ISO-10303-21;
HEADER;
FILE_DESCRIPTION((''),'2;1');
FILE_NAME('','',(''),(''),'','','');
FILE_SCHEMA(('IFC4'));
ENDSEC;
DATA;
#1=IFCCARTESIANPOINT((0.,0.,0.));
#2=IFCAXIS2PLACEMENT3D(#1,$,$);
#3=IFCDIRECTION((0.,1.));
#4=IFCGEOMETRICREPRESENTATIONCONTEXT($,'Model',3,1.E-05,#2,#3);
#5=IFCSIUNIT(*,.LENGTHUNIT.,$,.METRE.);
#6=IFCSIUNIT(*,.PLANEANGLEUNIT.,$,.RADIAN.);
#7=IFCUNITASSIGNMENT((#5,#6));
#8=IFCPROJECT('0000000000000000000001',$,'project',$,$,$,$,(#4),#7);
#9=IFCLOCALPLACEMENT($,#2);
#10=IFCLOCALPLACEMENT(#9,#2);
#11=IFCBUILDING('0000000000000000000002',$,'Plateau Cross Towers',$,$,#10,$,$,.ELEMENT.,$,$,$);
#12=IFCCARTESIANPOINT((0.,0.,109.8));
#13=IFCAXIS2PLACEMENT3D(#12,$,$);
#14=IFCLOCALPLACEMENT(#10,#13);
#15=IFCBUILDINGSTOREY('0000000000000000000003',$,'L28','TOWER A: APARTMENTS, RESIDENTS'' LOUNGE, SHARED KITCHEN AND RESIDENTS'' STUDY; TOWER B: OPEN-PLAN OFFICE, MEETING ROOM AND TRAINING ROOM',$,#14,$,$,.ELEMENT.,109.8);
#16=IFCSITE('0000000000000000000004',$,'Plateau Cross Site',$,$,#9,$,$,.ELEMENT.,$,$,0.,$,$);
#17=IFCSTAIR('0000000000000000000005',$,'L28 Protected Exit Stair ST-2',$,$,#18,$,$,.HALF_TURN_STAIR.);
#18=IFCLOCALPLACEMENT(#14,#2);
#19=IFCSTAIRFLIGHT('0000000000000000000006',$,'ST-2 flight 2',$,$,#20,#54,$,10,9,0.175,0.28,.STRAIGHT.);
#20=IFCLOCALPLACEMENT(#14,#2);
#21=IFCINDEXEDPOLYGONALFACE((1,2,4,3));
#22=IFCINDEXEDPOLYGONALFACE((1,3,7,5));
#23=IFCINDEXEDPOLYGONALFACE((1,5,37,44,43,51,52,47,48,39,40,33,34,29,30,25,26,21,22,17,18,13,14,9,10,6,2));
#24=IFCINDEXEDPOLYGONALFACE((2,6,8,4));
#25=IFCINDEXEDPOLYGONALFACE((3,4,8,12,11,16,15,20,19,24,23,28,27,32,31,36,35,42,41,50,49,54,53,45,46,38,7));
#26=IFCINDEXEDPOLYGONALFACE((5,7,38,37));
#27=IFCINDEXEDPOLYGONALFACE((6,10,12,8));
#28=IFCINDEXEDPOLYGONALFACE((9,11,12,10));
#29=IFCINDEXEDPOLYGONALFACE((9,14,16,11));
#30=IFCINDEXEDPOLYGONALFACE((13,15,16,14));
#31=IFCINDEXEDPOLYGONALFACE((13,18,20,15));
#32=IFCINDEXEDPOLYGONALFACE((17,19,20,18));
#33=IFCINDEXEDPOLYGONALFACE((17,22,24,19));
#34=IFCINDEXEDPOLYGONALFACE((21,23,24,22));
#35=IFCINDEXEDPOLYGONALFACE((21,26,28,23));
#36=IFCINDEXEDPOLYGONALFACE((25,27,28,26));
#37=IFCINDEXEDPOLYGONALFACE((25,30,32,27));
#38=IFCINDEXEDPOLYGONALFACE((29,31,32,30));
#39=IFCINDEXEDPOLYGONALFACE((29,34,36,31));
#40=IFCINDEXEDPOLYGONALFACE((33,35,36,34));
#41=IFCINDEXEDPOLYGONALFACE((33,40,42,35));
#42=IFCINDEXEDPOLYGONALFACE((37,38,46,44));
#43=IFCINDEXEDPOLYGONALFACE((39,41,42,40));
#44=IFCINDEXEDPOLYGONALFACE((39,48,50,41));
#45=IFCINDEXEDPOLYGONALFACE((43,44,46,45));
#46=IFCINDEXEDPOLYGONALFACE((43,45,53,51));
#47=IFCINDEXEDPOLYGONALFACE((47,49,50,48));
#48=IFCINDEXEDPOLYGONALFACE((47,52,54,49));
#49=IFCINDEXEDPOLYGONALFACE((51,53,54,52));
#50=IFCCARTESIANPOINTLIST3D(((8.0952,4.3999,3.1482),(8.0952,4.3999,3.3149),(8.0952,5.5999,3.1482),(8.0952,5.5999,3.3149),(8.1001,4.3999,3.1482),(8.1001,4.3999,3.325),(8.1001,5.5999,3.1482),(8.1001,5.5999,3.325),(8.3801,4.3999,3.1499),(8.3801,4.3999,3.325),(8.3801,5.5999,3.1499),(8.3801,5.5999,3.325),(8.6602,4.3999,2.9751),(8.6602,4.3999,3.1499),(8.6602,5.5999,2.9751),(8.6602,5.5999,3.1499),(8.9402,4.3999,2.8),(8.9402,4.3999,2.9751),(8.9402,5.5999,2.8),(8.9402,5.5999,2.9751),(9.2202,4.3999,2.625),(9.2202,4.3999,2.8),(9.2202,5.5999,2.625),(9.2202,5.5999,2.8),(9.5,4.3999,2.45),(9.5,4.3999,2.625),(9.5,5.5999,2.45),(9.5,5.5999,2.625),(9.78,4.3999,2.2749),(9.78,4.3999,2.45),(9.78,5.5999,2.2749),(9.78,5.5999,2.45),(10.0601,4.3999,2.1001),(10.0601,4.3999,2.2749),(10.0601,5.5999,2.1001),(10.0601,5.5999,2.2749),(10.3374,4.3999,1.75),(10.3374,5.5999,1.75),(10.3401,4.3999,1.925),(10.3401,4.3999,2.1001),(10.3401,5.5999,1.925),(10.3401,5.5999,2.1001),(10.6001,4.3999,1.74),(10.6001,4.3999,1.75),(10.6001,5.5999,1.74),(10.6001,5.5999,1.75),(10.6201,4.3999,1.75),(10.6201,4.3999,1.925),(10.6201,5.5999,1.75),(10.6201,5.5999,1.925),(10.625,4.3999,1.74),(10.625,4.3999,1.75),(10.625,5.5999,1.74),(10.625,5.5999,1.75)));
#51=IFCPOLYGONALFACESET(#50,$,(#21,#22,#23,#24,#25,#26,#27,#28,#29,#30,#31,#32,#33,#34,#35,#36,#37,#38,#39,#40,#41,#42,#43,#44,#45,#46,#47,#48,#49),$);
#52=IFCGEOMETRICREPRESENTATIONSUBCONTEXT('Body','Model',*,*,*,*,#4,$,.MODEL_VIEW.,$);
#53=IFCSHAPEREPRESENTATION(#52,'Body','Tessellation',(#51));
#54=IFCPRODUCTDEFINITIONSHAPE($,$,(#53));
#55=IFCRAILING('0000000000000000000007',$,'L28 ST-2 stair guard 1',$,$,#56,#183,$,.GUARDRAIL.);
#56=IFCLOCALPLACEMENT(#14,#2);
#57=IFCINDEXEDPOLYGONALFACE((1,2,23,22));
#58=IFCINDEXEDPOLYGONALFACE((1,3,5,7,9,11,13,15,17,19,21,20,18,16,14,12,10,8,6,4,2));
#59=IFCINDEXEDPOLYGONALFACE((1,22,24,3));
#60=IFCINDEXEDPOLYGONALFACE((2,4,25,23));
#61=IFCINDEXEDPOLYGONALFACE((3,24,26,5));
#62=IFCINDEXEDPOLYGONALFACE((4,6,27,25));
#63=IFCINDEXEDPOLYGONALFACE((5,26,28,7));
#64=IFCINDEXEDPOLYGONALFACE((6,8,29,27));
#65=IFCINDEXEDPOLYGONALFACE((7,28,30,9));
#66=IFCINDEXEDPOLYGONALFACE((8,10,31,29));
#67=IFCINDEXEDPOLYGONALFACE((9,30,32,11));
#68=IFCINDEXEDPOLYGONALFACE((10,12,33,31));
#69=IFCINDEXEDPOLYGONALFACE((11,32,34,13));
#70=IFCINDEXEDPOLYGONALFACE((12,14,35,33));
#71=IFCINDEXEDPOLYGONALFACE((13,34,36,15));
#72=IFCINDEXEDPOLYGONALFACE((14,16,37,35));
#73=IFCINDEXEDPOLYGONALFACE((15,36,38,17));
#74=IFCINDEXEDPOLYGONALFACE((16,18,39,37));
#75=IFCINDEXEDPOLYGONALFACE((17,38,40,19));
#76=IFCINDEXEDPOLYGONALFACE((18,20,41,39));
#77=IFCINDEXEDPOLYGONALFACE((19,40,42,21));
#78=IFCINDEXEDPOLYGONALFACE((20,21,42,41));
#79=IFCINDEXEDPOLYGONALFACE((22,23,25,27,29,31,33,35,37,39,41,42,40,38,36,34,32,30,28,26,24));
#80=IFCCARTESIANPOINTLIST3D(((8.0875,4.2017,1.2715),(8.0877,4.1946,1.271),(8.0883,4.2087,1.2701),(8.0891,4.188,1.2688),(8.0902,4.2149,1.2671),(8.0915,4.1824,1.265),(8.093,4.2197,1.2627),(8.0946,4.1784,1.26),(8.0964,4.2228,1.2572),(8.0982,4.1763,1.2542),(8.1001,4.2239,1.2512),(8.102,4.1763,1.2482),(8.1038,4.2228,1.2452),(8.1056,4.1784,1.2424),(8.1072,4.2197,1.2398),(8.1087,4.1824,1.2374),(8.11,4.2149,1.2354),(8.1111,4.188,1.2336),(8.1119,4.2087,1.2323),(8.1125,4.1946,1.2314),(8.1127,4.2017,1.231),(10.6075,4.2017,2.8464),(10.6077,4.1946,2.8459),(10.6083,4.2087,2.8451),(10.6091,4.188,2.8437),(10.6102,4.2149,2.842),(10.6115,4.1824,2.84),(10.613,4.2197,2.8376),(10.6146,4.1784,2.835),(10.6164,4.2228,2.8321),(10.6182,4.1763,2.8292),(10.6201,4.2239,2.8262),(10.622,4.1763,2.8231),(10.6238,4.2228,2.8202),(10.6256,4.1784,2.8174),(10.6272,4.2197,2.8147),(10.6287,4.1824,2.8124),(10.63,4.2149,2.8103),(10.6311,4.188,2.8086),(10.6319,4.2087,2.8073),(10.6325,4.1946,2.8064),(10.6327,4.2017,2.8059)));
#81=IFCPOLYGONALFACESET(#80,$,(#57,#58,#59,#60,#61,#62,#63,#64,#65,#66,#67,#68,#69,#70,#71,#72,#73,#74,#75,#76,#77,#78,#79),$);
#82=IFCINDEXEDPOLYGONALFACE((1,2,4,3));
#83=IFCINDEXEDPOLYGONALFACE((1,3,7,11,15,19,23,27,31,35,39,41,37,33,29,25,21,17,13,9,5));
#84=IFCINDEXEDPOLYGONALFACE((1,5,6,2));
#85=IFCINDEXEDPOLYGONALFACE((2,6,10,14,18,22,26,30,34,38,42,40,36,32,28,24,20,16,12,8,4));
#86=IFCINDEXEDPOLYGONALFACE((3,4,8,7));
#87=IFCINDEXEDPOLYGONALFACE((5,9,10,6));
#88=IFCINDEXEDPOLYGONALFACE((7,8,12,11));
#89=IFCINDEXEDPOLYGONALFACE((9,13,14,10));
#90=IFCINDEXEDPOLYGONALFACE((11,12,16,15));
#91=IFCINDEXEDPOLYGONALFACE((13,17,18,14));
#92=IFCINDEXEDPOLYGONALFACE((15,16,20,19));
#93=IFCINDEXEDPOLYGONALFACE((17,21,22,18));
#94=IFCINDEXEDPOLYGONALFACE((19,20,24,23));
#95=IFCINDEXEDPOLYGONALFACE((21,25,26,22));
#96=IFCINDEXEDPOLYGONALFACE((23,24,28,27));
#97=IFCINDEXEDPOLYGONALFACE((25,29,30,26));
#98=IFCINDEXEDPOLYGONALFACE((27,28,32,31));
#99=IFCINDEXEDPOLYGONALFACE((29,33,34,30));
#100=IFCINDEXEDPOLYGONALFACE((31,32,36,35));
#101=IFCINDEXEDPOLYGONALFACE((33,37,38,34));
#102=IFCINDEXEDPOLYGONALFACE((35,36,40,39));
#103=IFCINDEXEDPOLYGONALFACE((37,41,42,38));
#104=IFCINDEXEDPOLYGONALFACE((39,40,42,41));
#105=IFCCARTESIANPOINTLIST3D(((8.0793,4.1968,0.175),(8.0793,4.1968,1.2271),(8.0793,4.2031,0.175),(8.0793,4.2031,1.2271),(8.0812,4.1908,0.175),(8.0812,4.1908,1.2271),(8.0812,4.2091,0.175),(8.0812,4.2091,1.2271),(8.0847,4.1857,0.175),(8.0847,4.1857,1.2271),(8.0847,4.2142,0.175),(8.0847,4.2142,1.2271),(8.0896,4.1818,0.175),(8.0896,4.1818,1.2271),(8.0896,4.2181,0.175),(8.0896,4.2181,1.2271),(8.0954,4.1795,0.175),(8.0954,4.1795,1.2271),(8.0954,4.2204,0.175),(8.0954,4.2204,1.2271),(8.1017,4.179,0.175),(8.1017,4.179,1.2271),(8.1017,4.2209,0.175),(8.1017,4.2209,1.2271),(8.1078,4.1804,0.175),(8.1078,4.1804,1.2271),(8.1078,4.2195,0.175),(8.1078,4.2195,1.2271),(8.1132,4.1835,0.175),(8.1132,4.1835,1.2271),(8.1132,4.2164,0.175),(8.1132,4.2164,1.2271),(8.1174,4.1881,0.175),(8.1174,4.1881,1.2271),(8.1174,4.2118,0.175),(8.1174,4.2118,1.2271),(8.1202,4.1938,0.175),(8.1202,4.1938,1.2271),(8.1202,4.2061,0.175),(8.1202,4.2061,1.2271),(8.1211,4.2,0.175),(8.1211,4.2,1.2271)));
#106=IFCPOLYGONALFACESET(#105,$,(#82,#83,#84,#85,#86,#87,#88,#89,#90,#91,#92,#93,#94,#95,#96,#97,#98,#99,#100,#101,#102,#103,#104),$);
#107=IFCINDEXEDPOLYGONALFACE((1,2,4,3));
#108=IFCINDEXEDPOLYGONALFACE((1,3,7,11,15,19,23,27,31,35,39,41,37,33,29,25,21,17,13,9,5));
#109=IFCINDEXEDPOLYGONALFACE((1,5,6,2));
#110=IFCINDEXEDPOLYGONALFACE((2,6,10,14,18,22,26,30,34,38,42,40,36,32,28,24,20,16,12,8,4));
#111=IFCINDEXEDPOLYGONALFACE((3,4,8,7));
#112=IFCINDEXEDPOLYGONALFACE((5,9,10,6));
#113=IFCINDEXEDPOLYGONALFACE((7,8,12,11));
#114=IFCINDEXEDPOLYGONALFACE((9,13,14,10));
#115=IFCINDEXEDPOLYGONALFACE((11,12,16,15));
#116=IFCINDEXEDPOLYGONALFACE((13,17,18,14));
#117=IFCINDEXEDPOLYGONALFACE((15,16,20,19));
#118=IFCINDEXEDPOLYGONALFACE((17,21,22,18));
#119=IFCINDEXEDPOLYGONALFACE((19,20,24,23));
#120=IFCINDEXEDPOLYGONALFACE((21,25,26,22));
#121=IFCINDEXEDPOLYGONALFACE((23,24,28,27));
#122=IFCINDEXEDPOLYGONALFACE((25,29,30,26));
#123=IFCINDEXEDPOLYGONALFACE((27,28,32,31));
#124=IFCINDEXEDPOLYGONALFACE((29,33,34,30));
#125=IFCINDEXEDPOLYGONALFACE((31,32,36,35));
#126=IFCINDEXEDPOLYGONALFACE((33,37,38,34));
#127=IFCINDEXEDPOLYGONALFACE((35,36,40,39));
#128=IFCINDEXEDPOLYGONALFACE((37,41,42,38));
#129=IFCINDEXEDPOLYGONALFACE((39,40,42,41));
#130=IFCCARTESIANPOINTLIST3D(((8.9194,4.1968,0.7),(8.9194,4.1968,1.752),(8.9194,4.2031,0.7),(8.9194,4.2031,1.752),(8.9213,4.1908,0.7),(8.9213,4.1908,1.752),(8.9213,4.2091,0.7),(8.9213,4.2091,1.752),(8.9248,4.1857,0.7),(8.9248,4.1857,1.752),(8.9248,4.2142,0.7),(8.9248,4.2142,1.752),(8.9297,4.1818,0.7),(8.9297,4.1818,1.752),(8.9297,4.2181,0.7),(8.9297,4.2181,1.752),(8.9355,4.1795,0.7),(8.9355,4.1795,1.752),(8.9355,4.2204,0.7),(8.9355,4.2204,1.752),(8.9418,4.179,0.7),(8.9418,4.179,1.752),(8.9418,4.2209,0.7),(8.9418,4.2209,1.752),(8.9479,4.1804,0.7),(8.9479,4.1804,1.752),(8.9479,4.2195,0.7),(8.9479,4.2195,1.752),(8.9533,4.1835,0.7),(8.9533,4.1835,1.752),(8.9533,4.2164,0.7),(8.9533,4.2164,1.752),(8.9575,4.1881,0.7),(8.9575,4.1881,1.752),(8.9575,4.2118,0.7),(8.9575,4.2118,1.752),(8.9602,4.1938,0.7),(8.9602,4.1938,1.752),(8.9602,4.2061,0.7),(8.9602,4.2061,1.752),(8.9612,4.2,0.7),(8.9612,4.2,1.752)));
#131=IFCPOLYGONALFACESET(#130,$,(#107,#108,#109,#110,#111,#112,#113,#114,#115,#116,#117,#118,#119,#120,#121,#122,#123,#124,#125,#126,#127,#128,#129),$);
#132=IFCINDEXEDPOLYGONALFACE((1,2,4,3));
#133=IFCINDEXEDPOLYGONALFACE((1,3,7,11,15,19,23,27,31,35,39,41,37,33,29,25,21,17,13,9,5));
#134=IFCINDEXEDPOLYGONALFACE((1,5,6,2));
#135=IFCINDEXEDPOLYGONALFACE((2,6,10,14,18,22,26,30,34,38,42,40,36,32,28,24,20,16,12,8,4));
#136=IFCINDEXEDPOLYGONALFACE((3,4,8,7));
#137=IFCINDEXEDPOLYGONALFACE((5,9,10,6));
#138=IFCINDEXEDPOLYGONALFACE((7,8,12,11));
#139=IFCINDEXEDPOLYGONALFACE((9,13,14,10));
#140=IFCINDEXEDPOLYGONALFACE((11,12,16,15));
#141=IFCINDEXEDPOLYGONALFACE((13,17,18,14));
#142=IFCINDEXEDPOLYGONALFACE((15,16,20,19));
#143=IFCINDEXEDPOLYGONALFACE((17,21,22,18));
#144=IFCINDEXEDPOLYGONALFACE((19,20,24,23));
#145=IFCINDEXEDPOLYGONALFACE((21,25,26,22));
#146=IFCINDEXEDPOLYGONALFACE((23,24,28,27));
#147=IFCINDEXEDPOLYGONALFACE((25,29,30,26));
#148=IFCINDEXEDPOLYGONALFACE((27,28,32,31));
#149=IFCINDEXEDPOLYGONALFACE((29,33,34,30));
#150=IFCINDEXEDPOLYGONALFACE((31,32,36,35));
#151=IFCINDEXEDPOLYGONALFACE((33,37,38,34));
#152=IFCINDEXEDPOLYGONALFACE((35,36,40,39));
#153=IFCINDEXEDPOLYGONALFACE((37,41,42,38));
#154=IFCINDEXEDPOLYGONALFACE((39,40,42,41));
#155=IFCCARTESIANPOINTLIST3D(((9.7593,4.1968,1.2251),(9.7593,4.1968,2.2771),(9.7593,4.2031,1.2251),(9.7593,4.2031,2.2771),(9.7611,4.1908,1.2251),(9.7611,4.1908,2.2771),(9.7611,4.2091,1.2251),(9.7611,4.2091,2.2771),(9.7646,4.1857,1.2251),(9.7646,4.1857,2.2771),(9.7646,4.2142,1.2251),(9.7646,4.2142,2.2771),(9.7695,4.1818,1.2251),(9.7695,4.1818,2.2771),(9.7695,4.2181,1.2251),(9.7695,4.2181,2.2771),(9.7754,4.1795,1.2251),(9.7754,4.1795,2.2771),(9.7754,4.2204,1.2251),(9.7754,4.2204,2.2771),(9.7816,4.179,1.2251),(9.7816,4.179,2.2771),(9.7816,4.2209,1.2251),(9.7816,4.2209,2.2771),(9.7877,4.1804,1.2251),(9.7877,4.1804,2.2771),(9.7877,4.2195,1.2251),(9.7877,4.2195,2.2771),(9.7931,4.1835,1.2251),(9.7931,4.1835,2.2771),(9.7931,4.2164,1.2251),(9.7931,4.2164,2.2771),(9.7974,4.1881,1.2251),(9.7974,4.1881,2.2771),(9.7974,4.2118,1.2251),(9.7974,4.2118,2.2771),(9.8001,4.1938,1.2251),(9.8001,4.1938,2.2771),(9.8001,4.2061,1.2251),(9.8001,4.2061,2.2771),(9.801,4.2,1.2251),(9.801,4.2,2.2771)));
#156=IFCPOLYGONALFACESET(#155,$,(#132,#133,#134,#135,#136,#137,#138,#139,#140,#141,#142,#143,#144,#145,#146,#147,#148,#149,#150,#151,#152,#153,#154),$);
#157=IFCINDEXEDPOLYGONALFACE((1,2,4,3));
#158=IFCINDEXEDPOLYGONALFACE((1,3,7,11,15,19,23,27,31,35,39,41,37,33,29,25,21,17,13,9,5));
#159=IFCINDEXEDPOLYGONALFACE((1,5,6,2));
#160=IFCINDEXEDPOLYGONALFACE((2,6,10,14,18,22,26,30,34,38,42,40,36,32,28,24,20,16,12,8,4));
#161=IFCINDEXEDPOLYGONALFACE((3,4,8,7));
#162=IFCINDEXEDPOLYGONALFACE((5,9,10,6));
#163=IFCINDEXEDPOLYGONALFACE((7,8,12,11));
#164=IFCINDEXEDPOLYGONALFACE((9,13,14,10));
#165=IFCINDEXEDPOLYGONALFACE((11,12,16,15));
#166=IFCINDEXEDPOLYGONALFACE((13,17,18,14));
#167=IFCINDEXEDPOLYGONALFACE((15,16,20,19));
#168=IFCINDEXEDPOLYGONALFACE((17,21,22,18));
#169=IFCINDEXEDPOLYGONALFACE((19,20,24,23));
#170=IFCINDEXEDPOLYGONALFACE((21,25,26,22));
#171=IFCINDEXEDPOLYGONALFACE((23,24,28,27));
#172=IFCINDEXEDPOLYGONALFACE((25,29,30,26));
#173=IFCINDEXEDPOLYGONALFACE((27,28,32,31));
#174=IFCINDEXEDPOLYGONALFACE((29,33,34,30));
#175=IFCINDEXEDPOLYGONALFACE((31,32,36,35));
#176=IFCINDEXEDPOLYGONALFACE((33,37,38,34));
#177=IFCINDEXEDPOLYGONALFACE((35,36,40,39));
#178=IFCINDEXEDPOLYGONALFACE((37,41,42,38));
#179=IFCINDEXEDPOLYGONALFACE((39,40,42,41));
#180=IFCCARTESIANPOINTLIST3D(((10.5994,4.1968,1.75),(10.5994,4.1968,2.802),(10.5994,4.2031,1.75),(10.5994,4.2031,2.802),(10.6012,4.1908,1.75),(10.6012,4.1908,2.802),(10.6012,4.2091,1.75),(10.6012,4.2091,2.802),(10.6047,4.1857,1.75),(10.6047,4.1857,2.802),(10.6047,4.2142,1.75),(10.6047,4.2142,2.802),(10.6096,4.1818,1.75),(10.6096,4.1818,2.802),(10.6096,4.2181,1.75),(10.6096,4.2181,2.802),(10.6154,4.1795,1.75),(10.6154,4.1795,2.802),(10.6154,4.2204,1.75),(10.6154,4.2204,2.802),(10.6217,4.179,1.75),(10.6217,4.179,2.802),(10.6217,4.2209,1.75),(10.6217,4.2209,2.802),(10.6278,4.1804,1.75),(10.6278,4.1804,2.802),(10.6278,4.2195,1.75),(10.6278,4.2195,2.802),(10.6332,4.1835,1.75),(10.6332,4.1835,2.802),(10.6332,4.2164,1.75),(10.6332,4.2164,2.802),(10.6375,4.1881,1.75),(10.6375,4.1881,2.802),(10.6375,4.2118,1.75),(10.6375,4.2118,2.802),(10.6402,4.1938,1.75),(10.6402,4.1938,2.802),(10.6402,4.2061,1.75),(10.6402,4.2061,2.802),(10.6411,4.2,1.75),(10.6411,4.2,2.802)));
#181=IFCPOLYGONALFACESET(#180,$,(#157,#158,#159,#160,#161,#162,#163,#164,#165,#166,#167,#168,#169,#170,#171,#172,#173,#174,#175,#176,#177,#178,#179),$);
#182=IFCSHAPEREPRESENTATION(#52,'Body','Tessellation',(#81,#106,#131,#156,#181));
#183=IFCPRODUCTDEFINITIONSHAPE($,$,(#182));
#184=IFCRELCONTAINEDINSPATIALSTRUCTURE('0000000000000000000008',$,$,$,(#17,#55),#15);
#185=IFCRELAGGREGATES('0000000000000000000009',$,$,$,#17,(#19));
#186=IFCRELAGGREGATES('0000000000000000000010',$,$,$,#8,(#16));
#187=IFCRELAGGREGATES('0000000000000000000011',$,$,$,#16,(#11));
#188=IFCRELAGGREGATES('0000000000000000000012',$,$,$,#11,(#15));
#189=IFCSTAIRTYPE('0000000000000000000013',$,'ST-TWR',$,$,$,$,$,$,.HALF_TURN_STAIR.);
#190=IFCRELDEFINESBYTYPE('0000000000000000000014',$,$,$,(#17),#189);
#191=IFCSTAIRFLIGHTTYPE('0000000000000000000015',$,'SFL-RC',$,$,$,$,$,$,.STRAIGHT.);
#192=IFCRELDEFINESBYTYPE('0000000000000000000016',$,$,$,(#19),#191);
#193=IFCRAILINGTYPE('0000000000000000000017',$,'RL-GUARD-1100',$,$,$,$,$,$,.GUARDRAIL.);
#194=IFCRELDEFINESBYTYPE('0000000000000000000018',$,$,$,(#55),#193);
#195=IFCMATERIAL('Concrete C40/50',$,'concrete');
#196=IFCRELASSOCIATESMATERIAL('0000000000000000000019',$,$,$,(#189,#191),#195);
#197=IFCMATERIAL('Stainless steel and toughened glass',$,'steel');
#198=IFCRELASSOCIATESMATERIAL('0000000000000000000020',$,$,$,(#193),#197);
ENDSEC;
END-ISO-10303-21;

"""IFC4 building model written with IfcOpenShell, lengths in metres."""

from ifc_helpers import new_model, si_unit, direction, frame, origin, origin_2d, place, context, subcontext, project, spatial, polyline, circle, outline, extrude, material, type_object, element, aggregate, save


model = new_model("IFC4")

# Units and contexts
model_context = context("Model", 3, precision=1e-05, world=origin(), true_north=direction((0.0, 1.0)))
body_context = subcontext(model_context, "Body", "Model", "MODEL_VIEW")
ifc_project = project(units=[si_unit("LENGTHUNIT", "METRE"), si_unit("PLANEANGLEUNIT", "RADIAN")], contexts=[model_context])

# Site, building, storey
site_placement = place(None, origin())
site = spatial("IfcSite", under=ifc_project, at=site_placement, Name="Plateau Cross Site", CompositionType="ELEMENT", RefElevation=0.0)
building_placement = place(site_placement, origin())
building = spatial("IfcBuilding", under=site, at=building_placement, Name="Plateau Cross Towers", CompositionType="ELEMENT")
storey_placement = place(building_placement, frame((0.0, 0.0, 109.8)))
storey = spatial("IfcBuildingStorey", under=building, at=storey_placement, Name="L28", Description="TOWER A: APARTMENTS, RESIDENTS' LOUNGE, SHARED KITCHEN AND RESIDENTS' STUDY; TOWER B: OPEN-PLAN OFFICE, MEETING ROOM AND TRAINING ROOM", CompositionType="ELEMENT", Elevation=109.8)

# Stair, stair flight
ifc_material_1 = material(Name="Concrete C40/50", Category="concrete")
stair_type = type_object("IfcStairType", Name="ST-TWR", PredefinedType="HALF_TURN_STAIR", material=ifc_material_1)
stair_placement = place(storey_placement, origin())
stair = element("IfcStair", 1, at=stair_placement, inside=storey, type_object=stair_type, Name="L28 Protected Exit Stair ST-2", PredefinedType="HALF_TURN_STAIR")
stair_flight_type = type_object("IfcStairFlightType", Name="SFL-RC", PredefinedType="STRAIGHT", material=ifc_material_1)
stair_flight_placement = place(storey_placement, frame((10.6201, 5.0, 1.75), z_axis=(0.0, 0.0, 1.0), x_axis=(-1.0, 0.0, 0.0)))
stair_flight = element("IfcStairFlight", 2, at=stair_flight_placement, type_object=stair_flight_type, Name="ST-2 flight 2", NumberOfRisers=10, NumberOfTreads=9, PredefinedType="STRAIGHT", RiserHeight=0.175, TreadLength=0.28, context=body_context, shape_type="SweptSolid", body=[
    extrude(outline(polyline([(-0.0049, -0.01), (-0.0049, 0.0), (0.0, 0.0), (0.0, 0.175), (0.28, 0.175), (0.28, 0.3501), (0.5601, 0.3501), (0.5601, 0.5249), (0.8401, 0.5249), (0.8401, 0.7), (1.1201, 0.7), (1.1201, 0.875), (1.3999, 0.875), (1.3999, 1.05), (1.6799, 1.05), (1.6799, 1.2251), (1.96, 1.2251), (1.96, 1.3999), (2.24, 1.3999), (2.24, 1.575), (2.52, 1.575), (2.5249, 1.5649), (2.5249, 1.3982), (2.52, 1.3982), (0.2827, 0.0), (0.02, 0.0), (0.02, -0.01), (-0.0049, -0.01)])), frame((0.0, 0.6001, 0.0), z_axis=(0.0, -1.0, 0.0), x_axis=(1.0, 0.0, 0.0)), (0.0, 0.0, 1.0), 1.2),
])
aggregate(stair, [stair_flight])

# Railing
ifc_material_2 = material(Name="Stainless steel and toughened glass", Category="steel")
railing_type_1 = type_object("IfcRailingType", Name="RL-GUARD-1100", PredefinedType="GUARDRAIL", material=ifc_material_2)
railing_1_placement = place(storey_placement, frame((8.1001, 4.2, 0.175)))
element("IfcRailing", 3, at=railing_1_placement, inside=storey, type_object=railing_type_1, Name="L28 ST-2 stair guard 1", PredefinedType="GUARDRAIL", context=body_context, shape_type="SweptSolid", body=[
    extrude(circle(Radius=0.0239, at=origin_2d()), frame((0.0, 0.0, 1.0762), z_axis=(0.848008, 0.0, 0.529984), x_axis=(0.0, 1.0, 0.0)), (0.0, 0.0, 1.0), 2.9717),
    extrude(circle(Radius=0.021, at=origin_2d()), origin(), (0.0, 0.0, 1.0), 1.052),
    extrude(circle(Radius=0.021, at=origin_2d()), frame((0.8401, 0.0, 0.5249)), (0.0, 0.0, 1.0), 1.052),
    extrude(circle(Radius=0.021, at=origin_2d()), frame((1.6799, 0.0, 1.05)), (0.0, 0.0, 1.0), 1.052),
    extrude(circle(Radius=0.021, at=origin_2d()), frame((2.52, 0.0, 1.575)), (0.0, 0.0, 1.0), 1.052),
])

save(model, "model.ifc")
